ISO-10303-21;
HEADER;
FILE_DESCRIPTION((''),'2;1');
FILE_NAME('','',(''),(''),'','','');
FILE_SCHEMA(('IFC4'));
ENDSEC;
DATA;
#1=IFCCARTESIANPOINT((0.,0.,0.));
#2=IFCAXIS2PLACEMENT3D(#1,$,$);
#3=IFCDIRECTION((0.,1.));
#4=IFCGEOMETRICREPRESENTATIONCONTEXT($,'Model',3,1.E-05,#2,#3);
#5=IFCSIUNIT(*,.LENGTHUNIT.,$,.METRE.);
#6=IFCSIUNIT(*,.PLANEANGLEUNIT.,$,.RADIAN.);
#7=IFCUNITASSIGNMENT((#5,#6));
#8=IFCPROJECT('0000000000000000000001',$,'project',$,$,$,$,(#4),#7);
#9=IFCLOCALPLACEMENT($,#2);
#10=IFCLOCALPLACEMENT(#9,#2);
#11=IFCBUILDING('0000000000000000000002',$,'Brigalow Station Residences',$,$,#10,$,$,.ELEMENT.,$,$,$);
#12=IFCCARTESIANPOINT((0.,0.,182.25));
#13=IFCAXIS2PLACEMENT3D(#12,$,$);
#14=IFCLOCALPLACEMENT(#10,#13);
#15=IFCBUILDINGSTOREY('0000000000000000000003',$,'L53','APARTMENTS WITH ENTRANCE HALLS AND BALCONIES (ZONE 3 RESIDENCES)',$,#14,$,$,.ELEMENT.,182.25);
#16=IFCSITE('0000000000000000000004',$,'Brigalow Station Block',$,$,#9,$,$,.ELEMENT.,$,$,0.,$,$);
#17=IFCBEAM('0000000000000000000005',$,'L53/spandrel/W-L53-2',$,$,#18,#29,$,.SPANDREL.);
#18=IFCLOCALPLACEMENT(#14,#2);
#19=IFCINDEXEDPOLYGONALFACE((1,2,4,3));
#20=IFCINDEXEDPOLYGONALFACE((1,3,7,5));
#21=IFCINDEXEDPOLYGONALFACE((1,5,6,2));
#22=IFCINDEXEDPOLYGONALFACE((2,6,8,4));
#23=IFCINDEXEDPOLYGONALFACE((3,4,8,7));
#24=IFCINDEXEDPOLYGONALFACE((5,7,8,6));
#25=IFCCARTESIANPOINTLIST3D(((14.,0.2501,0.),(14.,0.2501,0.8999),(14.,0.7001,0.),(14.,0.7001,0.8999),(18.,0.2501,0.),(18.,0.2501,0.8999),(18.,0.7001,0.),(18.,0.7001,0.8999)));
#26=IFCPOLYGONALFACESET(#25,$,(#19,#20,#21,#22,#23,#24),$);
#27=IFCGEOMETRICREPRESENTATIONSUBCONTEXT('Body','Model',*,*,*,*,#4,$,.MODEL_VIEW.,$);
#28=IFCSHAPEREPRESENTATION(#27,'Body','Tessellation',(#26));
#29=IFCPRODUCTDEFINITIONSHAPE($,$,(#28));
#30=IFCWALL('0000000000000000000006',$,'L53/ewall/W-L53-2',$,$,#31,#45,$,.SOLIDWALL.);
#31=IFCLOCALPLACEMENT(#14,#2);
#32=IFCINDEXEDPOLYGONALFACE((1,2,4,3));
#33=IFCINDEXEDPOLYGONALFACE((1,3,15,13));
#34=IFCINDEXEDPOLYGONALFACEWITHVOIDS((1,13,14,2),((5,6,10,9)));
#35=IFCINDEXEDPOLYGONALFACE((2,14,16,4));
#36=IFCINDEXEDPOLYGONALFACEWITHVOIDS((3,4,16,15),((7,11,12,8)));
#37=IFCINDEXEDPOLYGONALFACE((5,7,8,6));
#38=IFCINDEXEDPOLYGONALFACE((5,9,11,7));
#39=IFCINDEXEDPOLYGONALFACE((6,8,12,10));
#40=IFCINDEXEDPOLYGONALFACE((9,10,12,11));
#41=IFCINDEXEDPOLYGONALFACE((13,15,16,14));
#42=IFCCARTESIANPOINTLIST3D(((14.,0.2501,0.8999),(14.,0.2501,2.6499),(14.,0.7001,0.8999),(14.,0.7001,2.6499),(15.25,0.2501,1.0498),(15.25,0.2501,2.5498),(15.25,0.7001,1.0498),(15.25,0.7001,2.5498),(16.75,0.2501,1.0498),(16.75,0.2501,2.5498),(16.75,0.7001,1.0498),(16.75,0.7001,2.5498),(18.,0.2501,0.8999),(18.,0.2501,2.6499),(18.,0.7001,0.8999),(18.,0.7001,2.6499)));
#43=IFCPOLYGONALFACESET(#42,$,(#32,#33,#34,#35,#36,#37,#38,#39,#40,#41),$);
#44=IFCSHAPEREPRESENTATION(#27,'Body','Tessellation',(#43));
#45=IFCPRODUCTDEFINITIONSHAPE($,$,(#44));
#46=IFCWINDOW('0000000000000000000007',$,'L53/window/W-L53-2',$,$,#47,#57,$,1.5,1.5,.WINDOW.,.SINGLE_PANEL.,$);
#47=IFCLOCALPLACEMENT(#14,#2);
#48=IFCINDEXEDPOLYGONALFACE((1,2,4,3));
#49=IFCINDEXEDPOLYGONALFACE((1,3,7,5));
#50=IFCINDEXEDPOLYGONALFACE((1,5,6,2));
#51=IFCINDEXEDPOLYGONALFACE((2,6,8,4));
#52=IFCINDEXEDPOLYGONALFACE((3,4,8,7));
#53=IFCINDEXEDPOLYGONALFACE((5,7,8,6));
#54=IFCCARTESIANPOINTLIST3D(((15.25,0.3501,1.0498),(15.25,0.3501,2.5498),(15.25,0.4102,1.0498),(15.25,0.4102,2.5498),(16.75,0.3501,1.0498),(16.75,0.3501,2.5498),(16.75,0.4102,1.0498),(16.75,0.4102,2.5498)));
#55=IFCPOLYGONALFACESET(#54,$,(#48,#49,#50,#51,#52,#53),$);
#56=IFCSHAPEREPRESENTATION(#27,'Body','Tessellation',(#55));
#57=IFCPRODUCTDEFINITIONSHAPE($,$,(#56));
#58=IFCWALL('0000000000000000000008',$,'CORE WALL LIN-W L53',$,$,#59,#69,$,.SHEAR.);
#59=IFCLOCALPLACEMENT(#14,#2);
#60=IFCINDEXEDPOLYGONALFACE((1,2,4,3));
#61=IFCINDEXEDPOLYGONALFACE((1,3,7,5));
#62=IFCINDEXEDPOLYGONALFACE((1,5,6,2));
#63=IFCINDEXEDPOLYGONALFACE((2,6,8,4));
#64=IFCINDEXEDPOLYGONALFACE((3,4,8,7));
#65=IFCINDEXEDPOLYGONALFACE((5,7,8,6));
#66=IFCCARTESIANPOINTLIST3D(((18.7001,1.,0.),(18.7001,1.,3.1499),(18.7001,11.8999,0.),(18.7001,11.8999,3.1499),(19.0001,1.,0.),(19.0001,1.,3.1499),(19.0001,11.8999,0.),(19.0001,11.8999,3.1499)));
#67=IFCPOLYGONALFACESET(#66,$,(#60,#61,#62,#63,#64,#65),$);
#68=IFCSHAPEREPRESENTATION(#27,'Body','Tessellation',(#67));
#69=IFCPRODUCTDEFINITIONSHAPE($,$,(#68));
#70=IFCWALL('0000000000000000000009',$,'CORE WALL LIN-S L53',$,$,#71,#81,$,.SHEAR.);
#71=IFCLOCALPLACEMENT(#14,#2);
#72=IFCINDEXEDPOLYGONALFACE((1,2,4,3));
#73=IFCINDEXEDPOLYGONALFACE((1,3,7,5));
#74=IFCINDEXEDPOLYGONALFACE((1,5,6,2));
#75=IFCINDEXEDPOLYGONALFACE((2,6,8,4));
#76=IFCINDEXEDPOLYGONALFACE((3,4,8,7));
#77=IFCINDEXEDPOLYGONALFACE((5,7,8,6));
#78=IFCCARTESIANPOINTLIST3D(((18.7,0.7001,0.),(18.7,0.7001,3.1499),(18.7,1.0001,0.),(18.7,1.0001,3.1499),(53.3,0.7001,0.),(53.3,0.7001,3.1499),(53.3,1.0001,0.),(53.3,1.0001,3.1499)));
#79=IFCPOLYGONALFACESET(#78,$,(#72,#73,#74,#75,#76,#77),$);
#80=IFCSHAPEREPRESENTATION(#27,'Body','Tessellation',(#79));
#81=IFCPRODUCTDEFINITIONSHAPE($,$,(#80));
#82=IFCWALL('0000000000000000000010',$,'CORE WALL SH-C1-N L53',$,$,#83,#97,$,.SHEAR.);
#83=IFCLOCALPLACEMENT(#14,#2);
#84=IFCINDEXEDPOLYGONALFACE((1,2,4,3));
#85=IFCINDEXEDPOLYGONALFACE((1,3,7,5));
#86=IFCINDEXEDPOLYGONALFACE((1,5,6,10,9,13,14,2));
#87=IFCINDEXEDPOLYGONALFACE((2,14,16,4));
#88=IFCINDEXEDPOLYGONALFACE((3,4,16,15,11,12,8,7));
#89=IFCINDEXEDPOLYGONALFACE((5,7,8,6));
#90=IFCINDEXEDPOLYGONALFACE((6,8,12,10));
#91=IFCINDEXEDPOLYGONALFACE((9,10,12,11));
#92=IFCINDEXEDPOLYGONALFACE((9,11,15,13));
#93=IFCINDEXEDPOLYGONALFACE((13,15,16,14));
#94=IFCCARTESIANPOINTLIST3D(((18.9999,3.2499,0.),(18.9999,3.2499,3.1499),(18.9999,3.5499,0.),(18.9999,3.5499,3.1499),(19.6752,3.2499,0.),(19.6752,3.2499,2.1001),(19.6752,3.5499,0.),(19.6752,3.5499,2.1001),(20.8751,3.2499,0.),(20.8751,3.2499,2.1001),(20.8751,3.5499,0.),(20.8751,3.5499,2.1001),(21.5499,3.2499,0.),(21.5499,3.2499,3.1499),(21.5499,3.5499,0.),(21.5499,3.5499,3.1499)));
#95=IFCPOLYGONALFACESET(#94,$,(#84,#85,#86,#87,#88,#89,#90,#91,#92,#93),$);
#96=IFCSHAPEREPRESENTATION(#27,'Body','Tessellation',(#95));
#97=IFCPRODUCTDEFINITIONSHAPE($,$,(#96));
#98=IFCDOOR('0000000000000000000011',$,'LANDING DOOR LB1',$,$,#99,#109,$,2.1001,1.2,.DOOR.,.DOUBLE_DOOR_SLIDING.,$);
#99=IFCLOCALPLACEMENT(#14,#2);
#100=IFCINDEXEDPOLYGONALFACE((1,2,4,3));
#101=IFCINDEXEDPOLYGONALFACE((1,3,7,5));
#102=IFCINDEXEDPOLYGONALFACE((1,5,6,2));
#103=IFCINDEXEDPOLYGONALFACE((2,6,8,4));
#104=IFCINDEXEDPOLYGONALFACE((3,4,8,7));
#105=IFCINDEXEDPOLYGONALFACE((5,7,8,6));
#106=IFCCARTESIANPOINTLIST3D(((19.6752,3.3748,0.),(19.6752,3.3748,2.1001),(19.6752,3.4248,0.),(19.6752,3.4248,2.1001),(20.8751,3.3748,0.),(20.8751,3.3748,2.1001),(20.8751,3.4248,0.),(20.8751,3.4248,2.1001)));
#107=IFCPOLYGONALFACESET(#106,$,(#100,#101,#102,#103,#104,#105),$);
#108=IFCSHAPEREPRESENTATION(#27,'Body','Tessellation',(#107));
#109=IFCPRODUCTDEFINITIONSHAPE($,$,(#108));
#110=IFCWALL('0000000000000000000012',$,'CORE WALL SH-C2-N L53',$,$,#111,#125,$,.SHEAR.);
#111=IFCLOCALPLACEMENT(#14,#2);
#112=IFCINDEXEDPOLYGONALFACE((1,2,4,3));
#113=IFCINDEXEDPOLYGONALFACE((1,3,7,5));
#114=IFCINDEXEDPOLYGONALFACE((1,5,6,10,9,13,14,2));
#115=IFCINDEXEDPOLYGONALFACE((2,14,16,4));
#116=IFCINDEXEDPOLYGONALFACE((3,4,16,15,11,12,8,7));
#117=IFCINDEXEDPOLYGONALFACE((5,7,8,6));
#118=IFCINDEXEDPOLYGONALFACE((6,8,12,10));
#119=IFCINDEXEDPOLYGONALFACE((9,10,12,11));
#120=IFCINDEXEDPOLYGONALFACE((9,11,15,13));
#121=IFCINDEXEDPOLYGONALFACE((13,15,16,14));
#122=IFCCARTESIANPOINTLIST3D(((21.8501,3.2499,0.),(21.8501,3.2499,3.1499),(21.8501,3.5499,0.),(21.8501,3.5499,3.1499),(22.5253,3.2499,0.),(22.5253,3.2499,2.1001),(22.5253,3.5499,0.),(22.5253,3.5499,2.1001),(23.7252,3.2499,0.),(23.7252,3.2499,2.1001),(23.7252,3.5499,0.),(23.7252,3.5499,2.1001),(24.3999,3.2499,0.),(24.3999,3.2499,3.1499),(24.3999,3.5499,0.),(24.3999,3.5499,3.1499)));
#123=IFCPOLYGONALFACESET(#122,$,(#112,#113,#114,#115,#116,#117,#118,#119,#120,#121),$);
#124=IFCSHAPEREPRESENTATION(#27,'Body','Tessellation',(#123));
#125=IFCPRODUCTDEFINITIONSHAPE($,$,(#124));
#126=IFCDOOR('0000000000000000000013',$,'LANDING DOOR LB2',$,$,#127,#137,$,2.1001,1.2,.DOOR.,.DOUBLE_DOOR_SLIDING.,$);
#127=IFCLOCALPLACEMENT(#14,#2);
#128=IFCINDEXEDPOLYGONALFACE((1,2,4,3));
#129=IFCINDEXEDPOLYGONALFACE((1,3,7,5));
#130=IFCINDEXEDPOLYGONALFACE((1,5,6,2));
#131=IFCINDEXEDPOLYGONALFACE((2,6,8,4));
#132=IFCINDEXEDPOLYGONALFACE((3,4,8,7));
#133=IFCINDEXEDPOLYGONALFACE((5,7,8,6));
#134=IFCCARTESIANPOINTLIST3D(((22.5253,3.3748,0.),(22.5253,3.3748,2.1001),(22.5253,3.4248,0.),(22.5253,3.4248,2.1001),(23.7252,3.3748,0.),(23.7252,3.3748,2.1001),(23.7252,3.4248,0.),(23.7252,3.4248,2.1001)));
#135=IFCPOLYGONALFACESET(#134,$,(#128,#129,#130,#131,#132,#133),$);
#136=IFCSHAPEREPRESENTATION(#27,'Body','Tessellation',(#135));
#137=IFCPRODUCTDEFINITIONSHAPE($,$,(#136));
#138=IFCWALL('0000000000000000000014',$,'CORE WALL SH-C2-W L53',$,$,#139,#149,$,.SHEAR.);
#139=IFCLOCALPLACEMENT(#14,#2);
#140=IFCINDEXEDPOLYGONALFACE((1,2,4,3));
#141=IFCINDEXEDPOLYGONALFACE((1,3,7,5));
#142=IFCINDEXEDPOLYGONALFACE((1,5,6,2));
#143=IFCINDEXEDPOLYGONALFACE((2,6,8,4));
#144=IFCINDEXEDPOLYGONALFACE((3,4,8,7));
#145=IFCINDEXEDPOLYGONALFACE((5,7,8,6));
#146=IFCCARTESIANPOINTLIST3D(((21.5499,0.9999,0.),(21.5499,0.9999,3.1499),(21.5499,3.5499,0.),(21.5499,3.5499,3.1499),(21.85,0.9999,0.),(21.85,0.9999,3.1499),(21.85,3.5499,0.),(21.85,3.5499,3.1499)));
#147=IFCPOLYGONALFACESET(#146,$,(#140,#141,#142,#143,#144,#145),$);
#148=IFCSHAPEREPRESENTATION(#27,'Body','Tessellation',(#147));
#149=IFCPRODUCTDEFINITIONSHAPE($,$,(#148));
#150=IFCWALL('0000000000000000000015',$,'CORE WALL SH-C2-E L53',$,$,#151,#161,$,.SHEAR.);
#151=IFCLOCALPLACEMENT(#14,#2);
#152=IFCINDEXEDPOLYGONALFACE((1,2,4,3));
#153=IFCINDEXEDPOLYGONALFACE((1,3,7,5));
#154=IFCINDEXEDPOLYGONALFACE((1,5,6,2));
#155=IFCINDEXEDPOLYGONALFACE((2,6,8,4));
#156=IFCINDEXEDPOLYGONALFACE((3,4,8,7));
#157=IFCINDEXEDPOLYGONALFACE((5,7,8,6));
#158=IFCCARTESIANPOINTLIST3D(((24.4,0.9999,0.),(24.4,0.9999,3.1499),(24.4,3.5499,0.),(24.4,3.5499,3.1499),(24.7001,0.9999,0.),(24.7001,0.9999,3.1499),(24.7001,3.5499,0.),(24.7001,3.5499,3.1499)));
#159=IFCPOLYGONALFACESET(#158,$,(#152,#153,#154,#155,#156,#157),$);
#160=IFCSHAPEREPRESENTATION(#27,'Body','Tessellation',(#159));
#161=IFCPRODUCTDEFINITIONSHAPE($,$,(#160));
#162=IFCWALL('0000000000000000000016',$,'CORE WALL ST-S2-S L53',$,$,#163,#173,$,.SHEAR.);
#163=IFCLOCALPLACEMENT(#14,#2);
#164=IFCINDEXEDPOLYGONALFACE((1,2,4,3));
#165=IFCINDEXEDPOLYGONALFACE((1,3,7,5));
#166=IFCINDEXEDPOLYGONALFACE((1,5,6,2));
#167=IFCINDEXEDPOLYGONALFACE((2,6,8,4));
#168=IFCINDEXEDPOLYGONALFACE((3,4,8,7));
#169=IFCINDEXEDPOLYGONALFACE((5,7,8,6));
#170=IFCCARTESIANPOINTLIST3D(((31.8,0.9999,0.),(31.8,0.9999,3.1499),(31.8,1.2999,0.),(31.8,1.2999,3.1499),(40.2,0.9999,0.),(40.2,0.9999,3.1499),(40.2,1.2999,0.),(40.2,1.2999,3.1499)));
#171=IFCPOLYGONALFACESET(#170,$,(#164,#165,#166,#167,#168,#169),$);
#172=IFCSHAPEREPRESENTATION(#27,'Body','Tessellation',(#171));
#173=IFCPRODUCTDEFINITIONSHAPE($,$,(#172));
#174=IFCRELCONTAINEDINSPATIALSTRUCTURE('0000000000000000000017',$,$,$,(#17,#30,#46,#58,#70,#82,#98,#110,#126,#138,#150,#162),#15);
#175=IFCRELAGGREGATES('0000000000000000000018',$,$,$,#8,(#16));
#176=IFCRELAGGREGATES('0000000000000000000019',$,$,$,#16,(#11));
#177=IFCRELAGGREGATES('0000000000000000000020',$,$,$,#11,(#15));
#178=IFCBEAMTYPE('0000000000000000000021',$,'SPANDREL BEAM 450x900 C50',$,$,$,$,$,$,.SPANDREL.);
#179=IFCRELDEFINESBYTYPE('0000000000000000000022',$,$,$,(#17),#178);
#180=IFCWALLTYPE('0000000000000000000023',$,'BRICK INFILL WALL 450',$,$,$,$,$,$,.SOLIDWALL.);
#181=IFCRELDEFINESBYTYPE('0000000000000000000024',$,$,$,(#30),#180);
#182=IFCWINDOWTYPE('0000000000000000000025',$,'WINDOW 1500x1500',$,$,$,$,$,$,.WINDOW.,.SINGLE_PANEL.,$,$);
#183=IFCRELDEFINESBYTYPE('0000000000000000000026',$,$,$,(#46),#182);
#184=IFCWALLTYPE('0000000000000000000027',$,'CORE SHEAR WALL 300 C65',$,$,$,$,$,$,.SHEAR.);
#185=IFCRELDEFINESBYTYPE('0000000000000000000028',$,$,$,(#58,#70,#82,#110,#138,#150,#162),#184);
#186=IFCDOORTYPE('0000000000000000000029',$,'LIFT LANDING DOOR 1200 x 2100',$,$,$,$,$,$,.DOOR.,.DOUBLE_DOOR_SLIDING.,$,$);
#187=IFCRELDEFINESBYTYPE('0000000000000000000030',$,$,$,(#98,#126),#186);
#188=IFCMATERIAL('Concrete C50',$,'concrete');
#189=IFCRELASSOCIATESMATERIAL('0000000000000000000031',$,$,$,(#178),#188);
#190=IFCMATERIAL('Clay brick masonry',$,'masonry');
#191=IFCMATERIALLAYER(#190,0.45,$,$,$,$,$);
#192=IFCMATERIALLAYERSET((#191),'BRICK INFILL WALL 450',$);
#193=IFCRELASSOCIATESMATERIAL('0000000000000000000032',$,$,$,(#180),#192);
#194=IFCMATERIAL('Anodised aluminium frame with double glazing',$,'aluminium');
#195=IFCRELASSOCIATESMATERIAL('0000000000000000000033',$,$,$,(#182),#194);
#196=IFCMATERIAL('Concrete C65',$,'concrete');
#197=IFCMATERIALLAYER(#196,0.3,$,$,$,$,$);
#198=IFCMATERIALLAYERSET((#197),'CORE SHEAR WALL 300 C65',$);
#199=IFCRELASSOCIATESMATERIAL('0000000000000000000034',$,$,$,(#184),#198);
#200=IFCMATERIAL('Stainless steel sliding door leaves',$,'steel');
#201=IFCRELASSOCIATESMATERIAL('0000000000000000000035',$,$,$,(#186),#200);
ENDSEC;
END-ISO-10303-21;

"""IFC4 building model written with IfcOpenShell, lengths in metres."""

from ifc_helpers import new_model, si_unit, direction, frame, frame_2d, origin, origin_2d, place, context, subcontext, project, spatial, rectangle, extrude, material, layer, layer_set, material_profile, profile_set, type_object, element, fill, save


model = new_model("IFC4")

# Units and contexts
model_context = context("Model", 3, precision=1e-05, world=origin(), true_north=direction((0.0, 1.0)))
body_context = subcontext(model_context, "Body", "Model", "MODEL_VIEW")
ifc_project = project(units=[si_unit("LENGTHUNIT", "METRE"), si_unit("PLANEANGLEUNIT", "RADIAN")], contexts=[model_context])

# Site, building, storey
site_placement = place(None, origin())
site = spatial("IfcSite", under=ifc_project, at=site_placement, Name="Brigalow Station Block", CompositionType="ELEMENT", RefElevation=0.0)
building_placement = place(site_placement, origin())
building = spatial("IfcBuilding", under=site, at=building_placement, Name="Brigalow Station Residences", CompositionType="ELEMENT")
storey_placement = place(building_placement, frame((0.0, 0.0, 182.25)))
storey = spatial("IfcBuildingStorey", under=building, at=storey_placement, Name="L53", Description="APARTMENTS WITH ENTRANCE HALLS AND BALCONIES (ZONE 3 RESIDENCES)", CompositionType="ELEMENT", Elevation=182.25)

# Beam
ifc_material_1 = material(Name="Concrete C50", Category="concrete")
ifc_material_profile = material_profile(ifc_material_1, rectangle(XDim=0.45, YDim=0.8999, at=origin_2d()), Name="RC450x900")
ifc_profile_set = profile_set([ifc_material_profile], Name="Concrete C50")
beam_type = type_object("IfcBeamType", Name="SPANDREL BEAM 450x900 C50", PredefinedType="SPANDREL", material=ifc_profile_set)
beam_placement = place(storey_placement, frame((14.0, 0.4751, 0.45), z_axis=(1.0, 0.0, 0.0), x_axis=(0.0, 1.0, 0.0)))
element("IfcBeam", 1, at=beam_placement, inside=storey, type_object=beam_type, Name="L53/spandrel/W-L53-2", PredefinedType="SPANDREL", context=body_context, shape_type="SweptSolid", body=[
    extrude(rectangle(XDim=0.45, YDim=0.8999, at=origin_2d()), origin(), (0.0, 0.0, 1.0), 4.0),
])

# Wall, opening, window
ifc_material_2 = material(Name="Clay brick masonry", Category="masonry")
ifc_layer_1 = layer(ifc_material_2, 0.45)
ifc_layer_set_1 = layer_set([ifc_layer_1], Name="BRICK INFILL WALL 450")
wall_type_1 = type_object("IfcWallType", Name="BRICK INFILL WALL 450", PredefinedType="SOLIDWALL", material=ifc_layer_set_1)
wall_1_placement = place(storey_placement, frame((14.0, 0.4751, 0.8999), z_axis=(0.0, 0.0, 1.0), x_axis=(1.0, 0.0, 0.0)))
wall_1 = element("IfcWall", 2, at=wall_1_placement, inside=storey, type_object=wall_type_1, Name="L53/ewall/W-L53-2", PredefinedType="SOLIDWALL", context=body_context, shape_type="SweptSolid", body=[
    extrude(rectangle(XDim=4.0, YDim=0.45, at=frame_2d((2.0, 0.0))), origin(), (0.0, 0.0, 1.0), 1.75),
])
opening_1_placement = place(wall_1_placement, frame((1.25, 0.0, 0.1499)))
opening_1 = element("IfcOpeningElement", 3, at=opening_1_placement, cuts=wall_1, PredefinedType="OPENING", context=body_context, shape_type="SweptSolid", body=[
    extrude(rectangle(XDim=1.5, YDim=1.5, at=frame_2d((0.75, 0.75))), frame((0.0, 0.2349, 0.0), z_axis=(0.0, -1.0, 0.0), x_axis=(1.0, 0.0, 0.0)), (0.0, 0.0, 1.0), 0.47),
])
ifc_material_3 = material(Name="Anodised aluminium frame with double glazing", Category="aluminium")
window_type = type_object("IfcWindowType", Name="WINDOW 1500x1500", PartitioningType="SINGLE_PANEL", PredefinedType="WINDOW", material=ifc_material_3)
window_placement = place(opening_1_placement, origin())
window = element("IfcWindow", 4, at=window_placement, inside=storey, type_object=window_type, Name="L53/window/W-L53-2", OverallHeight=1.5, OverallWidth=1.5, PartitioningType="SINGLE_PANEL", PredefinedType="WINDOW", context=body_context, shape_type="SweptSolid", body=[
    extrude(rectangle(XDim=1.5, YDim=1.5, at=frame_2d((0.75, 0.75))), frame((0.0, -0.0649, 0.0), z_axis=(0.0, -1.0, 0.0), x_axis=(1.0, 0.0, 0.0)), (0.0, 0.0, 1.0), 0.0601),
])
fill(opening_1, window)

# Walls
ifc_material_4 = material(Name="Concrete C65", Category="concrete")
ifc_layer_2 = layer(ifc_material_4, 0.3)
ifc_layer_set_2 = layer_set([ifc_layer_2], Name="CORE SHEAR WALL 300 C65")
wall_type_2 = type_object("IfcWallType", Name="CORE SHEAR WALL 300 C65", PredefinedType="SHEAR", material=ifc_layer_set_2)
wall_2_placement = place(storey_placement, frame((18.8501, 1.0, 0.0), z_axis=(0.0, 0.0, 1.0), x_axis=(0.0, 1.0, 0.0)))
element("IfcWall", 5, at=wall_2_placement, inside=storey, type_object=wall_type_2, Name="CORE WALL LIN-W L53", PredefinedType="SHEAR", context=body_context, shape_type="SweptSolid", body=[
    extrude(rectangle(XDim=10.8999, YDim=0.3, at=frame_2d((5.45, 0.0))), origin(), (0.0, 0.0, 1.0), 3.1499),
])
wall_3_placement = place(storey_placement, frame((18.7, 0.8501, 0.0), z_axis=(0.0, 0.0, 1.0), x_axis=(1.0, 0.0, 0.0)))
element("IfcWall", 6, at=wall_3_placement, inside=storey, type_object=wall_type_2, Name="CORE WALL LIN-S L53", PredefinedType="SHEAR", context=body_context, shape_type="SweptSolid", body=[
    extrude(rectangle(XDim=34.6001, YDim=0.3, at=frame_2d((17.3, 0.0))), origin(), (0.0, 0.0, 1.0), 3.1499),
])

# Walls, openings, doors
wall_4_placement = place(storey_placement, frame((19.0, 3.3999, 0.0), z_axis=(0.0, 0.0, 1.0), x_axis=(1.0, 0.0, 0.0)))
wall_4 = element("IfcWall", 7, at=wall_4_placement, inside=storey, type_object=wall_type_2, Name="CORE WALL SH-C1-N L53", PredefinedType="SHEAR", context=body_context, shape_type="SweptSolid", body=[
    extrude(rectangle(XDim=2.55, YDim=0.3, at=frame_2d((1.2749, 0.0))), origin(), (0.0, 0.0, 1.0), 3.1499),
])
opening_2_placement = place(wall_4_placement, frame((0.675, 0.0, 0.0)))
opening_2 = element("IfcOpeningElement", 8, at=opening_2_placement, cuts=wall_4, PredefinedType="OPENING", context=body_context, shape_type="SweptSolid", body=[
    extrude(rectangle(XDim=1.2, YDim=2.1001, at=frame_2d((0.6001, 1.05))), frame((0.0, 0.1602, 0.0), z_axis=(0.0, -1.0, 0.0), x_axis=(1.0, 0.0, 0.0)), (0.0, 0.0, 1.0), 0.3201),
])
ifc_material_5 = material(Name="Stainless steel sliding door leaves", Category="steel")
door_type = type_object("IfcDoorType", Name="LIFT LANDING DOOR 1200 x 2100", OperationType="DOUBLE_DOOR_SLIDING", PredefinedType="DOOR", material=ifc_material_5)
door_1_placement = place(opening_2_placement, origin())
door_1 = element("IfcDoor", 9, at=door_1_placement, inside=storey, type_object=door_type, Name="LANDING DOOR LB1", OperationType="DOUBLE_DOOR_SLIDING", OverallHeight=2.1001, OverallWidth=1.2, PredefinedType="DOOR", context=body_context, shape_type="SweptSolid", body=[
    extrude(rectangle(XDim=1.2, YDim=2.1001, at=frame_2d((0.6001, 1.05))), frame((0.0, 0.0249, 0.0), z_axis=(0.0, -1.0, 0.0), x_axis=(1.0, 0.0, 0.0)), (0.0, 0.0, 1.0), 0.05),
])
fill(opening_2, door_1)
wall_5_placement = place(storey_placement, frame((21.8501, 3.3999, 0.0), z_axis=(0.0, 0.0, 1.0), x_axis=(1.0, 0.0, 0.0)))
wall_5 = element("IfcWall", 10, at=wall_5_placement, inside=storey, type_object=wall_type_2, Name="CORE WALL SH-C2-N L53", PredefinedType="SHEAR", context=body_context, shape_type="SweptSolid", body=[
    extrude(rectangle(XDim=2.5498, YDim=0.3, at=frame_2d((1.2749, 0.0))), origin(), (0.0, 0.0, 1.0), 3.1499),
])
opening_3_placement = place(wall_5_placement, frame((0.675, 0.0, 0.0)))
opening_3 = element("IfcOpeningElement", 11, at=opening_3_placement, cuts=wall_5, PredefinedType="OPENING", context=body_context, shape_type="SweptSolid", body=[
    extrude(rectangle(XDim=1.2, YDim=2.1001, at=frame_2d((0.6001, 1.05))), frame((0.0, 0.1602, 0.0), z_axis=(0.0, -1.0, 0.0), x_axis=(1.0, 0.0, 0.0)), (0.0, 0.0, 1.0), 0.3201),
])
door_2_placement = place(opening_3_placement, origin())
door_2 = element("IfcDoor", 12, at=door_2_placement, inside=storey, type_object=door_type, Name="LANDING DOOR LB2", OperationType="DOUBLE_DOOR_SLIDING", OverallHeight=2.1001, OverallWidth=1.2, PredefinedType="DOOR", context=body_context, shape_type="SweptSolid", body=[
    extrude(rectangle(XDim=1.2, YDim=2.1001, at=frame_2d((0.6001, 1.05))), frame((0.0, 0.0249, 0.0), z_axis=(0.0, -1.0, 0.0), x_axis=(1.0, 0.0, 0.0)), (0.0, 0.0, 1.0), 0.05),
])
fill(opening_3, door_2)

# Walls
for number, where, z_axis, x_axis, name in (
    (13, (21.7, 1.0, 0.0), (0.0, 0.0, 1.0), (0.0, 1.0, 0.0), "CORE WALL SH-C2-W L53"),
    (14, (24.55, 1.0, 0.0), (0.0, 0.0, 1.0), (0.0, 1.0, 0.0), "CORE WALL SH-C2-E L53"),
):
    element("IfcWall", number, at=place(storey_placement, frame(where, z_axis=z_axis, x_axis=x_axis)), inside=storey, type_object=wall_type_2, Name=name, PredefinedType="SHEAR", context=body_context, shape_type="SweptSolid", body=[
        extrude(rectangle(XDim=2.55, YDim=0.3, at=frame_2d((1.2749, 0.0))), origin(), (0.0, 0.0, 1.0), 3.1499),
    ])
wall_6_placement = place(storey_placement, frame((31.8, 1.1499, 0.0), z_axis=(0.0, 0.0, 1.0), x_axis=(1.0, 0.0, 0.0)))
element("IfcWall", 15, at=wall_6_placement, inside=storey, type_object=wall_type_2, Name="CORE WALL ST-S2-S L53", PredefinedType="SHEAR", context=body_context, shape_type="SweptSolid", body=[
    extrude(rectangle(XDim=8.3999, YDim=0.3, at=frame_2d((4.2, 0.0))), origin(), (0.0, 0.0, 1.0), 3.1499),
])

save(model, "model.ifc")
